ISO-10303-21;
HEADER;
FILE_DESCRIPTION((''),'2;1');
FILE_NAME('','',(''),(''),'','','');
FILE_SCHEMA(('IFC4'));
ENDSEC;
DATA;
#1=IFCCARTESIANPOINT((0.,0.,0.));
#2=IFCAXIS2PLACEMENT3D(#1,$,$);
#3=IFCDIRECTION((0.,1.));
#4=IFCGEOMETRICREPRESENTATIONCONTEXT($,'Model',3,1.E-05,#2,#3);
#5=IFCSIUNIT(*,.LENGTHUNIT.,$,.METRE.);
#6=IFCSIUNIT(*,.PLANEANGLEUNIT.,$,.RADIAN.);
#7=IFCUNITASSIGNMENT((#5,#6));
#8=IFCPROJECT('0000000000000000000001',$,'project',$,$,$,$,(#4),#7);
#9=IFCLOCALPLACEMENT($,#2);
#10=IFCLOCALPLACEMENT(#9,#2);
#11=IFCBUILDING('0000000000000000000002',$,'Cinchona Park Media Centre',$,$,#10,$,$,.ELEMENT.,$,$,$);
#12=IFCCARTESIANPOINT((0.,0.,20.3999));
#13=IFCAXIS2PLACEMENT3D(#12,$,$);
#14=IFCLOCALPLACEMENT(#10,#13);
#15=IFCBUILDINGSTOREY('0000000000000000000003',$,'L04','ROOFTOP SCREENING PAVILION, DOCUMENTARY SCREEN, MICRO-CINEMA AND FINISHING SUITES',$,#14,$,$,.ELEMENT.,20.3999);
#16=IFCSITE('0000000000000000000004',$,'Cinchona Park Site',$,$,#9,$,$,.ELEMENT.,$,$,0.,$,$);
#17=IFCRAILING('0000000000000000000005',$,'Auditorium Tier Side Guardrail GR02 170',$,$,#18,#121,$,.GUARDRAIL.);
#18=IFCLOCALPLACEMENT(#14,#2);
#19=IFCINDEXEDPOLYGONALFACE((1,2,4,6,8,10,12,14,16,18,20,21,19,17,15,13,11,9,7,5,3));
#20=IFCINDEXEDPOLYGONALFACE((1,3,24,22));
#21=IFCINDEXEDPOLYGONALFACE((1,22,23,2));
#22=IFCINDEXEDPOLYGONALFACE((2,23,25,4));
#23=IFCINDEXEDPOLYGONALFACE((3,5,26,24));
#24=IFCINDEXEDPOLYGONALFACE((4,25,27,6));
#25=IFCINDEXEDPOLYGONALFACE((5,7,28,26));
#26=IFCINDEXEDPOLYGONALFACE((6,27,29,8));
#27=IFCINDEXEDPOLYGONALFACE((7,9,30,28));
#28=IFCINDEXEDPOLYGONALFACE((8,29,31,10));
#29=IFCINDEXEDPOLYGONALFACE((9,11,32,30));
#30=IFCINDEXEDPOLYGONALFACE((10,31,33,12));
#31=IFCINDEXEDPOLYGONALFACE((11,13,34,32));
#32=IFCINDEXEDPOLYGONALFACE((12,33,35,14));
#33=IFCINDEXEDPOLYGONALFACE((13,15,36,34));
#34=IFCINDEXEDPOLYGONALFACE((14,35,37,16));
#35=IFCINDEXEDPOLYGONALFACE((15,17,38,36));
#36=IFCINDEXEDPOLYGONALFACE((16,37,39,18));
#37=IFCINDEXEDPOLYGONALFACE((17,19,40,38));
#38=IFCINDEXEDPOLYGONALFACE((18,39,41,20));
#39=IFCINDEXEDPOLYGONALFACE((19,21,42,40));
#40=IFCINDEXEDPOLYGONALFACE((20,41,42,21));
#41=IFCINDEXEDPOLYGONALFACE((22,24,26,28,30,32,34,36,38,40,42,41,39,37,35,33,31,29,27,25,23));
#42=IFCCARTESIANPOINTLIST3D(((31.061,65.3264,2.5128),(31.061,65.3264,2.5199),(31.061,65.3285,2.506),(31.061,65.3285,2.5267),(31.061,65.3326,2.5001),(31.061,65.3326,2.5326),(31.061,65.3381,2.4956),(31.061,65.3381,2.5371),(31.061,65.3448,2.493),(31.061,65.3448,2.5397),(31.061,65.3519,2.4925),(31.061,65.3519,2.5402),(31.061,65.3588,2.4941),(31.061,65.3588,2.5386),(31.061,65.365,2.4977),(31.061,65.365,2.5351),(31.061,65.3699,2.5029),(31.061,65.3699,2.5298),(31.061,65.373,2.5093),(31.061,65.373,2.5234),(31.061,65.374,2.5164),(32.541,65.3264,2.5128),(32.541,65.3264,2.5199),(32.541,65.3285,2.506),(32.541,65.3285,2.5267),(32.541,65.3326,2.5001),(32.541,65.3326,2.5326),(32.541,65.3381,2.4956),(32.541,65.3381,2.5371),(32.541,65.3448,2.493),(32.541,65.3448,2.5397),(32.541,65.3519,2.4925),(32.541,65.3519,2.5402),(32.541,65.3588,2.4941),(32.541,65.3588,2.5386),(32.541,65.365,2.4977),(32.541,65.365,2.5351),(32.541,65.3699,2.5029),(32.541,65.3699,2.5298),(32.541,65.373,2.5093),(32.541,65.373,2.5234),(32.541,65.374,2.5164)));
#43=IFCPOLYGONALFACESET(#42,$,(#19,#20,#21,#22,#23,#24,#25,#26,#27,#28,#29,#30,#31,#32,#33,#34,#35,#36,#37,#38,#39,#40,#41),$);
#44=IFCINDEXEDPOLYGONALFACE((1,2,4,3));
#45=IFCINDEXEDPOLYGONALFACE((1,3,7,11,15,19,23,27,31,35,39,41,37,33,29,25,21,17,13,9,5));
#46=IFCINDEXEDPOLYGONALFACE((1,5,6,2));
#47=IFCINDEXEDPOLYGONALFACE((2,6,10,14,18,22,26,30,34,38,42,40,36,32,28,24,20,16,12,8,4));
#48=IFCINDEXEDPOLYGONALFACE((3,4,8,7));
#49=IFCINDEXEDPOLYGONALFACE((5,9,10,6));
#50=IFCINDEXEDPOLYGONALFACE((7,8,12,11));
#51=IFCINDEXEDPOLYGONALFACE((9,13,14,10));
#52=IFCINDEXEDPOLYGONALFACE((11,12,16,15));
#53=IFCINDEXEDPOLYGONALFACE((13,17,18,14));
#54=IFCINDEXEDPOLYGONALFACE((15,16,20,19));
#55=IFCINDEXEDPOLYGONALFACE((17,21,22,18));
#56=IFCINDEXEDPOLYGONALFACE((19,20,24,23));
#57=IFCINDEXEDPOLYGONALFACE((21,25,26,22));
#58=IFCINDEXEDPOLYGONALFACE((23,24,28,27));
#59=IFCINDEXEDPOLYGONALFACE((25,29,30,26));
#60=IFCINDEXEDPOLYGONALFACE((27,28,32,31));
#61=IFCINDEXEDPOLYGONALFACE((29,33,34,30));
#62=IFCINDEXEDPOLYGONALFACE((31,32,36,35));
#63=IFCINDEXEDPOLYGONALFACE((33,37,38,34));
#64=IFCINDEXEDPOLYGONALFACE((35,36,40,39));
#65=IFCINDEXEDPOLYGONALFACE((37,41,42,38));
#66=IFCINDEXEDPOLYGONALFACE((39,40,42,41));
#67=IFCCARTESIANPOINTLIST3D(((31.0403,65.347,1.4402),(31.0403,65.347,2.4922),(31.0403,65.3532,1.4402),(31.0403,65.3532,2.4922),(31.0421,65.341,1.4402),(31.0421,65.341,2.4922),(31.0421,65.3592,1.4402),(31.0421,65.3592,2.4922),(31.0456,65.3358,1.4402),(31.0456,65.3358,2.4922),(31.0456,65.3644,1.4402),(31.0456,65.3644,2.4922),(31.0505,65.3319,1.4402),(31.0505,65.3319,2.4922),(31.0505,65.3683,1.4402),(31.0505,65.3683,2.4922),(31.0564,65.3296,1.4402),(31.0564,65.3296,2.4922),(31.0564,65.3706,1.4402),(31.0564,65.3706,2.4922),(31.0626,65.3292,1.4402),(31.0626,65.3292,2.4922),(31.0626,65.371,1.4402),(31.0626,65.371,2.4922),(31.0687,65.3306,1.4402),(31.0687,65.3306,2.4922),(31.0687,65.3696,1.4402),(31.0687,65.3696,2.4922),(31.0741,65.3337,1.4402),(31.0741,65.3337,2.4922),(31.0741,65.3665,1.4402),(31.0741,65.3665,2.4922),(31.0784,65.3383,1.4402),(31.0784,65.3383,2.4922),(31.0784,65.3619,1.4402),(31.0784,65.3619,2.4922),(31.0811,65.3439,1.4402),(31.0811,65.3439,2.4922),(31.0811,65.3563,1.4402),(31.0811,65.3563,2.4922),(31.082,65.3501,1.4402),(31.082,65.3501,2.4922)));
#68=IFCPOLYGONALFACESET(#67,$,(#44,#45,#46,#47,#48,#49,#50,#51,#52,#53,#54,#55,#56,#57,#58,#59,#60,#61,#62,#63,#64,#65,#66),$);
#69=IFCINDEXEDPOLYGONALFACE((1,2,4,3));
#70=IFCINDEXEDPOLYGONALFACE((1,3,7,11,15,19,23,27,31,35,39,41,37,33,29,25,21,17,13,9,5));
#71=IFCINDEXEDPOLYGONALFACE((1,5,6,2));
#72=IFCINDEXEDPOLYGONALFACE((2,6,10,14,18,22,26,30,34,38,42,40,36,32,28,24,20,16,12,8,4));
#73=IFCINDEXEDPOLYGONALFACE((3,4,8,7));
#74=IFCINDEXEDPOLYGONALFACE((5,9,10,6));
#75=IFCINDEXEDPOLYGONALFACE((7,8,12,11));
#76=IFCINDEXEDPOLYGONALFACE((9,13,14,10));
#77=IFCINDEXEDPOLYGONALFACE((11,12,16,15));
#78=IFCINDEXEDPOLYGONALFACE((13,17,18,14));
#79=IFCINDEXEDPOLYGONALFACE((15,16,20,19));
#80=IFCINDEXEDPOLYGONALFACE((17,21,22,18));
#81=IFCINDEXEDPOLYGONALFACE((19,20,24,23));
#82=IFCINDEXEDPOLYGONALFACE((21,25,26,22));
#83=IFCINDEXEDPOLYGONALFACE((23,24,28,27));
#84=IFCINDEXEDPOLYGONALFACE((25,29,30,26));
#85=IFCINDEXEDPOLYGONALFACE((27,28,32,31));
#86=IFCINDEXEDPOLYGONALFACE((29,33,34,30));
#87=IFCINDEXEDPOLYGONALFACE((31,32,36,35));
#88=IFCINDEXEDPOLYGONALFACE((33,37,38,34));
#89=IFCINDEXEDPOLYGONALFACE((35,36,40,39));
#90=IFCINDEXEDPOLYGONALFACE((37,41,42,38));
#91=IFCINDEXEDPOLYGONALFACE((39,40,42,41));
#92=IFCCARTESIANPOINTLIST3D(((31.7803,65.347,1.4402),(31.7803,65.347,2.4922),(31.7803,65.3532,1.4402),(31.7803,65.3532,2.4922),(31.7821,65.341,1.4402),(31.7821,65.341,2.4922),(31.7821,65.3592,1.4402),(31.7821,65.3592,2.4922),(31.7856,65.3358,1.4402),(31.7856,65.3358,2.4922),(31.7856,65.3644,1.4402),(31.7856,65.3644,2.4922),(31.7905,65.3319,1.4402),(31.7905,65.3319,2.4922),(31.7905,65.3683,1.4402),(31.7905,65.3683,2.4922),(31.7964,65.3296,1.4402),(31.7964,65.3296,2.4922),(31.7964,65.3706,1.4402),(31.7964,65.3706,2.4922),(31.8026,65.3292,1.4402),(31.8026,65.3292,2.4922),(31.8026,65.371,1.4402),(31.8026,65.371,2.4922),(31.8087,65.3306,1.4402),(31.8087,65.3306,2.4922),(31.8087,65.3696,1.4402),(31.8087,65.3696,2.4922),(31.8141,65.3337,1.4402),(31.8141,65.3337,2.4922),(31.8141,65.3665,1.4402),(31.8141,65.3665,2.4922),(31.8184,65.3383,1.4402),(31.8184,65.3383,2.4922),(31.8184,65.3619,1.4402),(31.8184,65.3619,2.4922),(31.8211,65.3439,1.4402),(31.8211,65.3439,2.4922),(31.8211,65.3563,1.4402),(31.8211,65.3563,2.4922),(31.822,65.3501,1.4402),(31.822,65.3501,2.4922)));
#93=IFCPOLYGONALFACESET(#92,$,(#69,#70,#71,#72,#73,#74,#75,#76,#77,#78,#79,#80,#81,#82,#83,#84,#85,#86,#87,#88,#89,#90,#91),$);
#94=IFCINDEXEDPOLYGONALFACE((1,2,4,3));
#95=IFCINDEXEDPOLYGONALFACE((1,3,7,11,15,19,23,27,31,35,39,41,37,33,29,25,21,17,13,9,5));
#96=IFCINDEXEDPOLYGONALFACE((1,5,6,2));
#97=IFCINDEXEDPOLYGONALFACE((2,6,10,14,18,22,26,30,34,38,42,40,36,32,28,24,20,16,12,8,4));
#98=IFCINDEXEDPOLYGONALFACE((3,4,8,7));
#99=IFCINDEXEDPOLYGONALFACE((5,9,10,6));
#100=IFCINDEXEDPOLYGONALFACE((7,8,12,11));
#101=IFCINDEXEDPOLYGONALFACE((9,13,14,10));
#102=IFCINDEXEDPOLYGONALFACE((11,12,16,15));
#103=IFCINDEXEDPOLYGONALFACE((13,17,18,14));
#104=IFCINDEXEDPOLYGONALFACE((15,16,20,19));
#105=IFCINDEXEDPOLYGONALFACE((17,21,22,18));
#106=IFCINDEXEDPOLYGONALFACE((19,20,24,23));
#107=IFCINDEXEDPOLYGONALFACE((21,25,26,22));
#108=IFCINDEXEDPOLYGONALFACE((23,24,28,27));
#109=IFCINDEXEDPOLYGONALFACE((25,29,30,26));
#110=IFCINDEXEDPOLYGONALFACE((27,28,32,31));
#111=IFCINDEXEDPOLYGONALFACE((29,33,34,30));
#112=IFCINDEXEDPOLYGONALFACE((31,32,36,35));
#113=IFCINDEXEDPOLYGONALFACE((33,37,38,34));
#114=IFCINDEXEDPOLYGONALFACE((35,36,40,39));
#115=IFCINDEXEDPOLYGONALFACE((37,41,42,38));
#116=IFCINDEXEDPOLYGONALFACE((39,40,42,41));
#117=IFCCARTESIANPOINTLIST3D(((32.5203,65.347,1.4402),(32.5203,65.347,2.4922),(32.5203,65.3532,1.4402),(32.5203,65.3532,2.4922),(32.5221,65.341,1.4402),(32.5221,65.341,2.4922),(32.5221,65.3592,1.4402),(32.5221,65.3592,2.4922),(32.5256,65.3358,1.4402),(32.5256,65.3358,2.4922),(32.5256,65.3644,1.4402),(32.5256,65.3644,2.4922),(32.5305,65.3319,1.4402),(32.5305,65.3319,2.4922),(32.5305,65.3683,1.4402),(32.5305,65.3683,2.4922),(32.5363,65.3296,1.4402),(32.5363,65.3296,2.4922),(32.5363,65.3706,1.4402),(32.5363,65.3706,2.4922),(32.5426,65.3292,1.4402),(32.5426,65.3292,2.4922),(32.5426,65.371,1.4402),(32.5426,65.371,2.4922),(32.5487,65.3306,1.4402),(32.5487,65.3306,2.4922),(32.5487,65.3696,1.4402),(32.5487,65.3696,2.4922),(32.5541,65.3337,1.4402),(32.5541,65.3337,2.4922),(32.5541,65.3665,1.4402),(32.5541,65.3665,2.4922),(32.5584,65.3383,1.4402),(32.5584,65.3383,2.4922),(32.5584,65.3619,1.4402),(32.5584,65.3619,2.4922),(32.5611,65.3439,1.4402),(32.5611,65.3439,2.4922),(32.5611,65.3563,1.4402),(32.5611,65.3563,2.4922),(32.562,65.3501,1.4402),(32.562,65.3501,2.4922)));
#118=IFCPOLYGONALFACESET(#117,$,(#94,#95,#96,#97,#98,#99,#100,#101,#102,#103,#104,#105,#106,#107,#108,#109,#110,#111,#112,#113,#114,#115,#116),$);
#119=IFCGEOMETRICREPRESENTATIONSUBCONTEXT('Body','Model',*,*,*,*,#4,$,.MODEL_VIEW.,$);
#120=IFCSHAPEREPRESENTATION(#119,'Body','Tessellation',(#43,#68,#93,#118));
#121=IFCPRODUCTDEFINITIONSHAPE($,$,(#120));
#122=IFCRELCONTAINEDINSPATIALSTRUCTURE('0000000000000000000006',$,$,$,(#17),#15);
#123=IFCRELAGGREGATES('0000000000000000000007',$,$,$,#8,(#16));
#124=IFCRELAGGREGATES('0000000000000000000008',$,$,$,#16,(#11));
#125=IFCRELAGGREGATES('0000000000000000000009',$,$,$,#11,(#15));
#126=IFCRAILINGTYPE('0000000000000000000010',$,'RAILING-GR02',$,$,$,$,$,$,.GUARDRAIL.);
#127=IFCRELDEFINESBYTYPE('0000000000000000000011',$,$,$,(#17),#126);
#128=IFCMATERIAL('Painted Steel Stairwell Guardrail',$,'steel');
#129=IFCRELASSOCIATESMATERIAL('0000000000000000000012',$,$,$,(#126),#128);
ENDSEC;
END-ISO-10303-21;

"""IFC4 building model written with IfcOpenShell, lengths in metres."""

from ifc_helpers import new_model, si_unit, direction, frame, origin, origin_2d, place, context, subcontext, project, spatial, circle, extrude, material, type_object, element, save


model = new_model("IFC4")

# Units and contexts
model_context = context("Model", 3, precision=1e-05, world=origin(), true_north=direction((0.0, 1.0)))
body_context = subcontext(model_context, "Body", "Model", "MODEL_VIEW")
ifc_project = project(units=[si_unit("LENGTHUNIT", "METRE"), si_unit("PLANEANGLEUNIT", "RADIAN")], contexts=[model_context])

# Site, building, storey
site_placement = place(None, origin())
site = spatial("IfcSite", under=ifc_project, at=site_placement, Name="Cinchona Park Site", CompositionType="ELEMENT", RefElevation=0.0)
building_placement = place(site_placement, origin())
building = spatial("IfcBuilding", under=site, at=building_placement, Name="Cinchona Park Media Centre", CompositionType="ELEMENT")
storey_placement = place(building_placement, frame((0.0, 0.0, 20.3999)))
storey = spatial("IfcBuildingStorey", under=building, at=storey_placement, Name="L04", Description="ROOFTOP SCREENING PAVILION, DOCUMENTARY SCREEN, MICRO-CINEMA AND FINISHING SUITES", CompositionType="ELEMENT", Elevation=20.3999)

# Railing
ifc_material_1 = material(Name="Painted Steel Stairwell Guardrail", Category="steel")
railing_type_1 = type_object("IfcRailingType", Name="RAILING-GR02", PredefinedType="GUARDRAIL", material=ifc_material_1)
railing_1_placement = place(storey_placement, frame((31.061, 65.3501, 1.4402)))
element("IfcRailing", 1, at=railing_1_placement, inside=storey, type_object=railing_type_1, Name="Auditorium Tier Side Guardrail GR02 170", PredefinedType="GUARDRAIL", context=body_context, shape_type="SweptSolid", body=[
    extrude(circle(Radius=0.0239, at=origin_2d()), frame((0.0, 0.0, 1.0762), z_axis=(1.0, 0.0, 0.0), x_axis=(0.0, 1.0, 0.0)), (0.0, 0.0, 1.0), 1.48),
    extrude(circle(Radius=0.021, at=origin_2d()), origin(), (0.0, 0.0, 1.0), 1.052),
    extrude(circle(Radius=0.021, at=origin_2d()), frame((0.74, 0.0, 0.0)), (0.0, 0.0, 1.0), 1.052),
    extrude(circle(Radius=0.021, at=origin_2d()), frame((1.48, 0.0, 0.0)), (0.0, 0.0, 1.0), 1.052),
])

save(model, "model.ifc")
